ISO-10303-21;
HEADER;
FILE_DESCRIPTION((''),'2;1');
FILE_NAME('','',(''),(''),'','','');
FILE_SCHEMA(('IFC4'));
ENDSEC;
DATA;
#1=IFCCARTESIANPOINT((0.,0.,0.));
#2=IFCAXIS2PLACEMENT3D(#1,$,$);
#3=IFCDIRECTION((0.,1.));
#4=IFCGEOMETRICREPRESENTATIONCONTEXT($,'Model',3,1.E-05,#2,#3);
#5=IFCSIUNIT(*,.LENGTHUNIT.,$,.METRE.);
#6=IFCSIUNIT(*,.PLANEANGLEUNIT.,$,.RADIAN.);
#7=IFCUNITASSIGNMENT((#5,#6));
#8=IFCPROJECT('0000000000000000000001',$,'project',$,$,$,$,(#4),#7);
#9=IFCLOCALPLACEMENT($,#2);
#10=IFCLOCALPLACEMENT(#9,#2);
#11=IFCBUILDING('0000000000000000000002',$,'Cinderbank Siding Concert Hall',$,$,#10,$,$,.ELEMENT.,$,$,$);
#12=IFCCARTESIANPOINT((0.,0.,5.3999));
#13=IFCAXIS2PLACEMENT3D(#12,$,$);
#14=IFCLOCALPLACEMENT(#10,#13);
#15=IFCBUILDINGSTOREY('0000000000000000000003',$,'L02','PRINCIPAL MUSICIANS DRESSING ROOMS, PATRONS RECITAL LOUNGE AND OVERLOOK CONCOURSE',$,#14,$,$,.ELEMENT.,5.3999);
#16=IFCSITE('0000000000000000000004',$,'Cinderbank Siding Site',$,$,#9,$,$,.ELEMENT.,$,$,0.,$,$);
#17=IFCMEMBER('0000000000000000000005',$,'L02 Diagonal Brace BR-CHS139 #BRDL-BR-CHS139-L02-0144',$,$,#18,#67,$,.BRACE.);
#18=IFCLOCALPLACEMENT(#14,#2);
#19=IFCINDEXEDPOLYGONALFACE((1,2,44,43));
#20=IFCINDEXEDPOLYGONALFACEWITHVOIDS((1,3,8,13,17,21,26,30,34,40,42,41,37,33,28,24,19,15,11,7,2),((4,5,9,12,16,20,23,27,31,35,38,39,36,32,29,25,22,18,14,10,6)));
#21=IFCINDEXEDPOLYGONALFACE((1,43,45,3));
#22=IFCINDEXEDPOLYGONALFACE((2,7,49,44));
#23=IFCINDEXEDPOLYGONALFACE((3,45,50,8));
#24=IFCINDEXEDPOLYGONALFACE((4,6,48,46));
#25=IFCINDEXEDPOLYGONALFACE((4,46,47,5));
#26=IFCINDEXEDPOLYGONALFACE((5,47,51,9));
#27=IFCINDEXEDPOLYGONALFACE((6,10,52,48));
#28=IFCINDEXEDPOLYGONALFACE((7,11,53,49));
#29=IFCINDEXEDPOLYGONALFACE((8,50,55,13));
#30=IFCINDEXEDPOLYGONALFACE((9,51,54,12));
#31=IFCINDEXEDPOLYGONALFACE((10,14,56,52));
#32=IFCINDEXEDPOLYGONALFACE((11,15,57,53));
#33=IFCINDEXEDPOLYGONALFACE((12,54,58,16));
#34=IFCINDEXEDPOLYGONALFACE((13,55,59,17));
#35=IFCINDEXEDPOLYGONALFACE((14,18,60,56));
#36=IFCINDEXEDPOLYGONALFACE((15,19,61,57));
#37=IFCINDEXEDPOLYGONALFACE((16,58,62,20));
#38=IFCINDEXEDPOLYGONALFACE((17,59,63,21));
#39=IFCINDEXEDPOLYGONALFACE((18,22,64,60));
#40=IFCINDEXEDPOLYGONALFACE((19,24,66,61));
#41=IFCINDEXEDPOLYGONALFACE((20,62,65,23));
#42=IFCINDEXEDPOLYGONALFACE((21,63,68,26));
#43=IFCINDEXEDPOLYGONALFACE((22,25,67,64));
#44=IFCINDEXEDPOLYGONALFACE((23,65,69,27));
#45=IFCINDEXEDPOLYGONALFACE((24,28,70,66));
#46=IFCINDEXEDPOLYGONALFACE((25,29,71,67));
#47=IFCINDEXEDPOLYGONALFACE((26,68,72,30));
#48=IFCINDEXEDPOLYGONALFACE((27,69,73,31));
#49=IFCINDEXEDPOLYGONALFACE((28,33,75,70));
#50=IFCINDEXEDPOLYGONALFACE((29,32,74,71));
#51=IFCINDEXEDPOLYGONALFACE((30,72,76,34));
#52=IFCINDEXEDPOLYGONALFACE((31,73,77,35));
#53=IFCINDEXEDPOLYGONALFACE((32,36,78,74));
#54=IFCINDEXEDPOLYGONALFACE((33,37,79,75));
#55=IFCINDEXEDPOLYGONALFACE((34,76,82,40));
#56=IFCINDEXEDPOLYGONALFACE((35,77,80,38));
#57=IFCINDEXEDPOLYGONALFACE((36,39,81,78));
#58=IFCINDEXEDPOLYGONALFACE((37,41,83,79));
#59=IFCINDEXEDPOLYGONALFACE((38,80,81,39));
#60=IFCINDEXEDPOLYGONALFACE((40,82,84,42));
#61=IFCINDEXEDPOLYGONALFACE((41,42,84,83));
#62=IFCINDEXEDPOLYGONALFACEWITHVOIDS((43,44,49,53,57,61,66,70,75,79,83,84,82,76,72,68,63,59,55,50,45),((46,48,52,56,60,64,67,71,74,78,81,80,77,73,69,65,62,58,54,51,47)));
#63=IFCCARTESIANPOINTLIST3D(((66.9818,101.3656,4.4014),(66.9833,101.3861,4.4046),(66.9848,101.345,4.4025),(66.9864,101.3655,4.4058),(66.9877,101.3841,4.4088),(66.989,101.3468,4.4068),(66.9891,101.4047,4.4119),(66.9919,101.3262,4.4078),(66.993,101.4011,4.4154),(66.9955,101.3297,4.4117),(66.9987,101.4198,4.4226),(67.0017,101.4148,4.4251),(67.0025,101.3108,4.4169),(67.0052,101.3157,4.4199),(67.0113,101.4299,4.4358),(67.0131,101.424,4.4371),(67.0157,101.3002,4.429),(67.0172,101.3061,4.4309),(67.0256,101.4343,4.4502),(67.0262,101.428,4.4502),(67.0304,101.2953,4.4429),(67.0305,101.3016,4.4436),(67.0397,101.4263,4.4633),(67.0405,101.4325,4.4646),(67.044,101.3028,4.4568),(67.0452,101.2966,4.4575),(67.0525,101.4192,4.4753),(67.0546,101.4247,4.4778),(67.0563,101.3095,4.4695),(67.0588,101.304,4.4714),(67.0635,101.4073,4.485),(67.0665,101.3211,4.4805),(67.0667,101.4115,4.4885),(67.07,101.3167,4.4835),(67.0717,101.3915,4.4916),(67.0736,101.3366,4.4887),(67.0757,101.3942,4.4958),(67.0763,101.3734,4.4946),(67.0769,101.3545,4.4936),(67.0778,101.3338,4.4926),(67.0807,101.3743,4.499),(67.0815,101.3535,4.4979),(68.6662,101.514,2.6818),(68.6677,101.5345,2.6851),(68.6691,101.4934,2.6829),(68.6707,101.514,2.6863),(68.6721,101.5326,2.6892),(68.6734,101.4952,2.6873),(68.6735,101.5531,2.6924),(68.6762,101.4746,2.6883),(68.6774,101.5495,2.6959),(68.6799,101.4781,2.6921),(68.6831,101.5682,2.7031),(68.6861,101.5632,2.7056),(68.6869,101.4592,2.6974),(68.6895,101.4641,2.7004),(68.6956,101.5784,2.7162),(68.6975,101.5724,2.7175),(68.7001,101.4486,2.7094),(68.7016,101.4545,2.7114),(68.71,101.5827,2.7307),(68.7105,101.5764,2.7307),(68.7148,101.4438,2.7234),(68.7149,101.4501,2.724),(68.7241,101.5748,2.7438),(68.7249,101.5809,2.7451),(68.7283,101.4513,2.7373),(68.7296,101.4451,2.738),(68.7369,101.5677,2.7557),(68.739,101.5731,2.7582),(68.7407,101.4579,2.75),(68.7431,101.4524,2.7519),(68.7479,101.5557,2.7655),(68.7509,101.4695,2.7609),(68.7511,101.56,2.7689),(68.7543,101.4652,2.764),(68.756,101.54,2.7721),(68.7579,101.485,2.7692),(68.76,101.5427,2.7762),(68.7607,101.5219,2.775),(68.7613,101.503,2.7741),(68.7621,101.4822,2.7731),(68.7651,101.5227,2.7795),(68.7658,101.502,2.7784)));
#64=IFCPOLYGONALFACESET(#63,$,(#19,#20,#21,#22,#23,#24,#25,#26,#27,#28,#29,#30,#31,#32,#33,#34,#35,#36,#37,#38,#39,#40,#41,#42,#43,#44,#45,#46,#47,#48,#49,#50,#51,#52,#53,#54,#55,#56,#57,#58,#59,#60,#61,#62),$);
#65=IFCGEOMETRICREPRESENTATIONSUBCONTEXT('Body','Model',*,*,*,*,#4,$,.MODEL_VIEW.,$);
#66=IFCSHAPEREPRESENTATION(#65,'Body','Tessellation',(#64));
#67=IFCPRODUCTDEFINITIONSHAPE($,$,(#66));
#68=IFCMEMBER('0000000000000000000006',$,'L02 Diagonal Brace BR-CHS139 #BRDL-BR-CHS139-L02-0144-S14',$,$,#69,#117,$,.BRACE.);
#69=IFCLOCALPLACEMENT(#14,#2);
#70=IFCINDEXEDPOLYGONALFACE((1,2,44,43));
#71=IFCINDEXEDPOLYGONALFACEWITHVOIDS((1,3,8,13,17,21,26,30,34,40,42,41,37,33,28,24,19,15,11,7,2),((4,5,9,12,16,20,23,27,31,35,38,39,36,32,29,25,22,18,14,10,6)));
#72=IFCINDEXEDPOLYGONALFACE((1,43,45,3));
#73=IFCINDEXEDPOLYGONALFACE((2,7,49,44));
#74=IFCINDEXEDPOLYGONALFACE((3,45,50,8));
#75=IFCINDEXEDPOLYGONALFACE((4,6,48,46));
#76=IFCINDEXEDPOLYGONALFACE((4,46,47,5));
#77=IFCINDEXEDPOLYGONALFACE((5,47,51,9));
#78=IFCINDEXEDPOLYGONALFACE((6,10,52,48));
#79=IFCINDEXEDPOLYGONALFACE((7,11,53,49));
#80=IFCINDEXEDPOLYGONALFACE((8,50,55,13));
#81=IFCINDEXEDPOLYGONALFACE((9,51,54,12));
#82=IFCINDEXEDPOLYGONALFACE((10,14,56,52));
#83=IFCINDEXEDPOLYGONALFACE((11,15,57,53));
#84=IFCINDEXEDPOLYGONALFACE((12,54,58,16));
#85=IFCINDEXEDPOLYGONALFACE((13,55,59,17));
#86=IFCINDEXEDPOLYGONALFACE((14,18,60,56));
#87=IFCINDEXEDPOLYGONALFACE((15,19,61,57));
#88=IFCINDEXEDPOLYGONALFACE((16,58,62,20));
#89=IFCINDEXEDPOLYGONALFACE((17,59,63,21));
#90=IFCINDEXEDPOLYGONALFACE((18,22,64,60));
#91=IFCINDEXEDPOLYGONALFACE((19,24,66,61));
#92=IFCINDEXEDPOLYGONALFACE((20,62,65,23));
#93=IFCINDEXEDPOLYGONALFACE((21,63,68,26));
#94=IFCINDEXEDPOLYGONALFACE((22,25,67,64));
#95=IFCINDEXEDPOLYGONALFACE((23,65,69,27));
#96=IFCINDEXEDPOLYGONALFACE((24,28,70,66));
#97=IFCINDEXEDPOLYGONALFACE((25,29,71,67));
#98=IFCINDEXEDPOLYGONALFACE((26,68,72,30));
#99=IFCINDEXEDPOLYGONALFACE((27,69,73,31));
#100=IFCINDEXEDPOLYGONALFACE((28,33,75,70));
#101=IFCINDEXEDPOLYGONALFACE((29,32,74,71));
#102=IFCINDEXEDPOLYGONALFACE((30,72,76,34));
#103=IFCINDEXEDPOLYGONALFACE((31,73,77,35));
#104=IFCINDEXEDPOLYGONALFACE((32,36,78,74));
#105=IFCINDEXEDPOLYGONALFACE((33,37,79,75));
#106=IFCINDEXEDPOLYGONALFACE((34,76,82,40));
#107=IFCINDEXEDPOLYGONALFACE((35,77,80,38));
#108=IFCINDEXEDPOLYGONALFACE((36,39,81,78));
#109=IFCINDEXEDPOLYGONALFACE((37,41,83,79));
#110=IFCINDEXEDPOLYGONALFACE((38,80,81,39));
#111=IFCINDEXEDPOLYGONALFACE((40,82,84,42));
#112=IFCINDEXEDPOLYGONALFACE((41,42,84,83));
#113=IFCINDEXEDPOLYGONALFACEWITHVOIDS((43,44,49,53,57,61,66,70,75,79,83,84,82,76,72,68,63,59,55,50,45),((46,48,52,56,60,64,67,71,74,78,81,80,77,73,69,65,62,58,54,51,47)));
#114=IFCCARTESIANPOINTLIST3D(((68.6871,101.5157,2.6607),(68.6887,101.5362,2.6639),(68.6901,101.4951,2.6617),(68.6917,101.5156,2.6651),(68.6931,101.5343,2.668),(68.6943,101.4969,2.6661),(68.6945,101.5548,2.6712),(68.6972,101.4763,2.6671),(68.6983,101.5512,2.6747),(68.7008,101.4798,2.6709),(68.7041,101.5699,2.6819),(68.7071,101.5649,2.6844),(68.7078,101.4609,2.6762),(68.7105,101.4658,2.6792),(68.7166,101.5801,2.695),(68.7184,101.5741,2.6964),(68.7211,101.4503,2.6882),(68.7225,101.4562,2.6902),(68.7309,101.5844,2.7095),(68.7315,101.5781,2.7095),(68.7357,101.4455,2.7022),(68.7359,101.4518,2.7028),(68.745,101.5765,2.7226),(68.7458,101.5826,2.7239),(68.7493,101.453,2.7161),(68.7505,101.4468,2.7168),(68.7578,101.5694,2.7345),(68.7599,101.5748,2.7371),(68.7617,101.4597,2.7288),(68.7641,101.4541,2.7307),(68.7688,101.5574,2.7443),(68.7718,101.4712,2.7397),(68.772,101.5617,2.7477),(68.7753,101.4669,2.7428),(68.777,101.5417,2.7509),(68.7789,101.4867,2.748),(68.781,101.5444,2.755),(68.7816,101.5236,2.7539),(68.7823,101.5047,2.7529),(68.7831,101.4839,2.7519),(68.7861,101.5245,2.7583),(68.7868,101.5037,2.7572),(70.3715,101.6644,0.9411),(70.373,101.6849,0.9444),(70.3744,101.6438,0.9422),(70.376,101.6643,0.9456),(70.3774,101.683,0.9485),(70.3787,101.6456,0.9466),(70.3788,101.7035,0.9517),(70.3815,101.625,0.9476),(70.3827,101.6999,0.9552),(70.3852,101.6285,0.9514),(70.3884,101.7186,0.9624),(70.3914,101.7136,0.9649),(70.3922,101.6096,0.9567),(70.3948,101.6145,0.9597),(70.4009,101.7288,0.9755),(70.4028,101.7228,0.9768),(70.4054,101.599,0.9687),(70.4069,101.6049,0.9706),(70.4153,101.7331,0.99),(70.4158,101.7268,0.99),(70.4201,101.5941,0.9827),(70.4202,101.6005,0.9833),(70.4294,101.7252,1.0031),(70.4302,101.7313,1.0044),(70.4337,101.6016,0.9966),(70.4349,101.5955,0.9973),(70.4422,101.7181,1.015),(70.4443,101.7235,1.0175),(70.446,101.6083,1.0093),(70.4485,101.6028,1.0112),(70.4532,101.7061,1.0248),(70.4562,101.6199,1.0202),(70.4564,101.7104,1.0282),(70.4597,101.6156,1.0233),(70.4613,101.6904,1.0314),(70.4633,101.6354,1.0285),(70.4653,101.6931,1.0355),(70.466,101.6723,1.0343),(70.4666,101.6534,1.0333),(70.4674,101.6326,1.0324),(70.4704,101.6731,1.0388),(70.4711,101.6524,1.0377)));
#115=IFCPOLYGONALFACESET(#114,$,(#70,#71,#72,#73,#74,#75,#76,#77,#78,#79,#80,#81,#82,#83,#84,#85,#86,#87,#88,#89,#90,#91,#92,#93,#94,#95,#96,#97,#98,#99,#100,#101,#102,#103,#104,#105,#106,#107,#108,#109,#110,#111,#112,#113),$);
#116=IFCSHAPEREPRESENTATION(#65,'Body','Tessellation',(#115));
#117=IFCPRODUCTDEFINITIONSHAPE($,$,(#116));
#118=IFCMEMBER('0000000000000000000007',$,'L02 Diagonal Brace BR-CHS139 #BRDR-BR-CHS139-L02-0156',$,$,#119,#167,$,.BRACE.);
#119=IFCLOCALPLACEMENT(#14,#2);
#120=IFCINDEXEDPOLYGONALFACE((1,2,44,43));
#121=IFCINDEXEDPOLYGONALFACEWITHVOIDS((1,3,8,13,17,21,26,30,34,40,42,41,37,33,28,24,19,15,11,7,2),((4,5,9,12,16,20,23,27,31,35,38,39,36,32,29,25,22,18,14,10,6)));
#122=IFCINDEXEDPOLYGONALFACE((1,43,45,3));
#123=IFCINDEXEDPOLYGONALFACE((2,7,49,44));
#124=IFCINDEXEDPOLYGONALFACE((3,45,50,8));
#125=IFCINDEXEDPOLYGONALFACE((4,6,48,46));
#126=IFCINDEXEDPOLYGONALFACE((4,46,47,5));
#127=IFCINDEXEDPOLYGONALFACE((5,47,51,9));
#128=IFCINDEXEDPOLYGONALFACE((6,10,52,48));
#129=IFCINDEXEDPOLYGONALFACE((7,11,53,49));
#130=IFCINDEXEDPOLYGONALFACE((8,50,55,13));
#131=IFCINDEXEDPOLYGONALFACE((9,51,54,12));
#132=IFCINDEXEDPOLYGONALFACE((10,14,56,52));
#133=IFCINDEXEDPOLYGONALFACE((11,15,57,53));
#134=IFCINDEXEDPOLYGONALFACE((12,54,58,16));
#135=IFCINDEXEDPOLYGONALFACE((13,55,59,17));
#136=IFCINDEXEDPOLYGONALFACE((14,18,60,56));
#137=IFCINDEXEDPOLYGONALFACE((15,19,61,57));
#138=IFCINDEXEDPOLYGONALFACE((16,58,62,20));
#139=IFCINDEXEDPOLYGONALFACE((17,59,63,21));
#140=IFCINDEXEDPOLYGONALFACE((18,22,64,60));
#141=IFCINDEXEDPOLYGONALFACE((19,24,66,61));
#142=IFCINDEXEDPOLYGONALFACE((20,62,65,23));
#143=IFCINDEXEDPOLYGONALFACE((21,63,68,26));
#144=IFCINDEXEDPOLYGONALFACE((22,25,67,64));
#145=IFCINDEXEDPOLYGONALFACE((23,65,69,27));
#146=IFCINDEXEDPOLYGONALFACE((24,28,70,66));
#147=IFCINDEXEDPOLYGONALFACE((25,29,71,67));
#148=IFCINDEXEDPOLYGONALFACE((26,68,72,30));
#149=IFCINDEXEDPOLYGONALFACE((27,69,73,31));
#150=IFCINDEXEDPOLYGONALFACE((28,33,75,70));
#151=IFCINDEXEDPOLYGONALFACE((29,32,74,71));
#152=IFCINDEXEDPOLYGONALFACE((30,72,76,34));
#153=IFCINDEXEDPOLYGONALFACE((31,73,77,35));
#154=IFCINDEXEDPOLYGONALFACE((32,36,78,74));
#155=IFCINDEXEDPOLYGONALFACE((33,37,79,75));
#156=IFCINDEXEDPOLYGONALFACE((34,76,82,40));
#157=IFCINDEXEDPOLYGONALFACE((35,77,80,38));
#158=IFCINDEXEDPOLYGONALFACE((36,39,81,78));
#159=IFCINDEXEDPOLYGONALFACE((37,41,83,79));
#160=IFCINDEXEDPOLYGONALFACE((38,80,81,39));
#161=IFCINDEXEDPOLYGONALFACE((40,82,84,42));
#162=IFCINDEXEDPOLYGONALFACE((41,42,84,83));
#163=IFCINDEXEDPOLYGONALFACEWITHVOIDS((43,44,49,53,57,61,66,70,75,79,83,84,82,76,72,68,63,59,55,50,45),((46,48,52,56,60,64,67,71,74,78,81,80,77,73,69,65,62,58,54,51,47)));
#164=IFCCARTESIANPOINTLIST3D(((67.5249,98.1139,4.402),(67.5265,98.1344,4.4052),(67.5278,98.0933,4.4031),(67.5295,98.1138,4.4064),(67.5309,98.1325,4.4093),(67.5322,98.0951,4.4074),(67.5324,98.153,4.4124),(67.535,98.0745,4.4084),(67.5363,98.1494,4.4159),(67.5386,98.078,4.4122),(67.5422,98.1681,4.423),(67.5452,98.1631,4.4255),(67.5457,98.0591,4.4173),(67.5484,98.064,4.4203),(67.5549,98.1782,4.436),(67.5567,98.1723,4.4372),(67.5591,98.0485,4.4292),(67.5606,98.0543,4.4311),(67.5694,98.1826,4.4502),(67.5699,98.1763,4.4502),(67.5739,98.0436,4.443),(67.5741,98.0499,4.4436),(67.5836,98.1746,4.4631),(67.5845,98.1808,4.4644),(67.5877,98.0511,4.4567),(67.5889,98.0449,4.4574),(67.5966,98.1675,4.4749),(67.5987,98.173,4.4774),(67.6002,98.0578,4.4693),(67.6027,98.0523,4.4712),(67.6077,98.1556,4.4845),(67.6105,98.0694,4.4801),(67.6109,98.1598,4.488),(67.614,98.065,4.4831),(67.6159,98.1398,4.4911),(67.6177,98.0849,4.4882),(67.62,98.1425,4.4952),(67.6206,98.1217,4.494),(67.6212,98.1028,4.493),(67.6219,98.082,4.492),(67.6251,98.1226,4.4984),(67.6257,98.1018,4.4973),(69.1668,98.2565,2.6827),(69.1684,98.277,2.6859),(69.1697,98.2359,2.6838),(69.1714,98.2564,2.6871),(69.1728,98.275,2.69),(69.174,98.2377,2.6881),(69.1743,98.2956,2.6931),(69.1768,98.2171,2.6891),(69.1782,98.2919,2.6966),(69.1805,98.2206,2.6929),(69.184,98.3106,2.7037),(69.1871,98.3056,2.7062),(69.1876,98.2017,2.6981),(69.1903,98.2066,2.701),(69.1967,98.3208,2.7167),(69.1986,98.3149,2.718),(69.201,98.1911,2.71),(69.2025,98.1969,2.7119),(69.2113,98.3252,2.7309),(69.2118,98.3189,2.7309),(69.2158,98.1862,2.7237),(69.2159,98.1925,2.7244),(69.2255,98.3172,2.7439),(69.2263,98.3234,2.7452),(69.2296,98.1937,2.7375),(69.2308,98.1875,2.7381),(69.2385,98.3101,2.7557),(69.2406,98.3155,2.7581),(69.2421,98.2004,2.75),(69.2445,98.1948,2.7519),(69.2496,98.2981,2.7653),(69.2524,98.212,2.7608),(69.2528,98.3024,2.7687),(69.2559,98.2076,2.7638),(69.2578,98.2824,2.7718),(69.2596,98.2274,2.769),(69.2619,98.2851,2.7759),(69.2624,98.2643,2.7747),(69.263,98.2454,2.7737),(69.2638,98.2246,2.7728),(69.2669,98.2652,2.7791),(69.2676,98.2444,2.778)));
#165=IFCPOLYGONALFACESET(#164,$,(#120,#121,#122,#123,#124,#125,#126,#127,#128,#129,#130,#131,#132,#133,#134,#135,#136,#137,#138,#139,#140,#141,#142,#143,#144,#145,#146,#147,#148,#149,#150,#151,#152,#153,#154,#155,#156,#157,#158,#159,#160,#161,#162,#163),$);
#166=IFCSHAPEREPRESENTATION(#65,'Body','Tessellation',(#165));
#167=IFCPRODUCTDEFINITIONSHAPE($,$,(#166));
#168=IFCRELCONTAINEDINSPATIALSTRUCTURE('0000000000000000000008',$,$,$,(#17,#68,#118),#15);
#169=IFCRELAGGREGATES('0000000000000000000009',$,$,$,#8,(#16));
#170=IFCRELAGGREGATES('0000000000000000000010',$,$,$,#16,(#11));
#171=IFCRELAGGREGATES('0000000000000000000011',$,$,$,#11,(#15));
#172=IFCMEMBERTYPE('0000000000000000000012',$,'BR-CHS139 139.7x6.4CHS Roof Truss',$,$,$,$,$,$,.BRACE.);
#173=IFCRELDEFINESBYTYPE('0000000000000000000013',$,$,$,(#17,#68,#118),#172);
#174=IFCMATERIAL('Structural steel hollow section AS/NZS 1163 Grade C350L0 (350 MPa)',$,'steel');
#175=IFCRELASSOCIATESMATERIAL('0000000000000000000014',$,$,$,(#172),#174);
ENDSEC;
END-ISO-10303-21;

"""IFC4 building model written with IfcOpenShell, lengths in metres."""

from ifc_helpers import new_model, si_unit, direction, frame, origin, origin_2d, place, context, subcontext, project, spatial, hollow_circle, extrude, material, material_profile, profile_set, type_object, element, save


model = new_model("IFC4")

# Units and contexts
model_context = context("Model", 3, precision=1e-05, world=origin(), true_north=direction((0.0, 1.0)))
body_context = subcontext(model_context, "Body", "Model", "MODEL_VIEW")
ifc_project = project(units=[si_unit("LENGTHUNIT", "METRE"), si_unit("PLANEANGLEUNIT", "RADIAN")], contexts=[model_context])

# Site, building, storey
site_placement = place(None, origin())
site = spatial("IfcSite", under=ifc_project, at=site_placement, Name="Cinderbank Siding Site", CompositionType="ELEMENT", RefElevation=0.0)
building_placement = place(site_placement, origin())
building = spatial("IfcBuilding", under=site, at=building_placement, Name="Cinderbank Siding Concert Hall", CompositionType="ELEMENT")
storey_placement = place(building_placement, frame((0.0, 0.0, 5.3999)))
storey = spatial("IfcBuildingStorey", under=building, at=storey_placement, Name="L02", Description="PRINCIPAL MUSICIANS DRESSING ROOMS, PATRONS RECITAL LOUNGE AND OVERLOOK CONCOURSE", CompositionType="ELEMENT", Elevation=5.3999)

# Members
ifc_material_1 = material(Name="Structural steel hollow section AS/NZS 1163 Grade C350L0 (350 MPa)", Category="steel")
ifc_material_profile_1 = material_profile(ifc_material_1, hollow_circle(Radius=0.0698, WallThickness=0.0063, at=origin_2d()), Name="139.7x6.4CHS", Category="LoadBearing")
ifc_profile_set_1 = profile_set([ifc_material_profile_1], Name="Structural steel hollow section AS/NZS 1163 Grade C350L0 (350 MPa)")
member_type_1 = type_object("IfcMemberType", Name="BR-CHS139 139.7x6.4CHS Roof Truss", PredefinedType="BRACE", material=ifc_profile_set_1)
for number, where, z_axis, x_axis, name in (
    (1, (67.0317, 101.3647, 4.4502), (0.698439, 0.061553, -0.713017), (-0.087788, 0.996139, 0.0), "L02 Diagonal Brace BR-CHS139 #BRDL-BR-CHS139-L02-0144"),
    (2, (68.7371, 101.5149, 2.7095), (0.698435, 0.061653, -0.713013), (-0.087932, 0.996127, 0.0), "L02 Diagonal Brace BR-CHS139 #BRDL-BR-CHS139-L02-0144-S14"),
):
    element("IfcMember", number, at=place(storey_placement, frame(where, z_axis=z_axis, x_axis=x_axis)), inside=storey, type_object=member_type_1, Name=name, PredefinedType="BRACE", context=body_context, shape_type="SweptSolid", body=[
        extrude(hollow_circle(Radius=0.0698, WallThickness=0.0063, at=origin_2d()), origin(), (0.0, 0.0, 1.0), 2.4116),
    ])
for number, where, z_axis, x_axis, name in (
    (3, (67.5754, 98.113, 4.4502), (0.689403, 0.059868, -0.7219), (-0.086515, 0.996251, 0.0), "L02 Diagonal Brace BR-CHS139 #BRDR-BR-CHS139-L02-0156"),
):
    element("IfcMember", number, at=place(storey_placement, frame(where, z_axis=z_axis, x_axis=x_axis)), inside=storey, type_object=member_type_1, Name=name, PredefinedType="BRACE", context=body_context, shape_type="SweptSolid", body=[
        extrude(hollow_circle(Radius=0.0698, WallThickness=0.0063, at=origin_2d()), origin(), (0.0, 0.0, 1.0), 2.3816),
    ])

save(model, "model.ifc")
